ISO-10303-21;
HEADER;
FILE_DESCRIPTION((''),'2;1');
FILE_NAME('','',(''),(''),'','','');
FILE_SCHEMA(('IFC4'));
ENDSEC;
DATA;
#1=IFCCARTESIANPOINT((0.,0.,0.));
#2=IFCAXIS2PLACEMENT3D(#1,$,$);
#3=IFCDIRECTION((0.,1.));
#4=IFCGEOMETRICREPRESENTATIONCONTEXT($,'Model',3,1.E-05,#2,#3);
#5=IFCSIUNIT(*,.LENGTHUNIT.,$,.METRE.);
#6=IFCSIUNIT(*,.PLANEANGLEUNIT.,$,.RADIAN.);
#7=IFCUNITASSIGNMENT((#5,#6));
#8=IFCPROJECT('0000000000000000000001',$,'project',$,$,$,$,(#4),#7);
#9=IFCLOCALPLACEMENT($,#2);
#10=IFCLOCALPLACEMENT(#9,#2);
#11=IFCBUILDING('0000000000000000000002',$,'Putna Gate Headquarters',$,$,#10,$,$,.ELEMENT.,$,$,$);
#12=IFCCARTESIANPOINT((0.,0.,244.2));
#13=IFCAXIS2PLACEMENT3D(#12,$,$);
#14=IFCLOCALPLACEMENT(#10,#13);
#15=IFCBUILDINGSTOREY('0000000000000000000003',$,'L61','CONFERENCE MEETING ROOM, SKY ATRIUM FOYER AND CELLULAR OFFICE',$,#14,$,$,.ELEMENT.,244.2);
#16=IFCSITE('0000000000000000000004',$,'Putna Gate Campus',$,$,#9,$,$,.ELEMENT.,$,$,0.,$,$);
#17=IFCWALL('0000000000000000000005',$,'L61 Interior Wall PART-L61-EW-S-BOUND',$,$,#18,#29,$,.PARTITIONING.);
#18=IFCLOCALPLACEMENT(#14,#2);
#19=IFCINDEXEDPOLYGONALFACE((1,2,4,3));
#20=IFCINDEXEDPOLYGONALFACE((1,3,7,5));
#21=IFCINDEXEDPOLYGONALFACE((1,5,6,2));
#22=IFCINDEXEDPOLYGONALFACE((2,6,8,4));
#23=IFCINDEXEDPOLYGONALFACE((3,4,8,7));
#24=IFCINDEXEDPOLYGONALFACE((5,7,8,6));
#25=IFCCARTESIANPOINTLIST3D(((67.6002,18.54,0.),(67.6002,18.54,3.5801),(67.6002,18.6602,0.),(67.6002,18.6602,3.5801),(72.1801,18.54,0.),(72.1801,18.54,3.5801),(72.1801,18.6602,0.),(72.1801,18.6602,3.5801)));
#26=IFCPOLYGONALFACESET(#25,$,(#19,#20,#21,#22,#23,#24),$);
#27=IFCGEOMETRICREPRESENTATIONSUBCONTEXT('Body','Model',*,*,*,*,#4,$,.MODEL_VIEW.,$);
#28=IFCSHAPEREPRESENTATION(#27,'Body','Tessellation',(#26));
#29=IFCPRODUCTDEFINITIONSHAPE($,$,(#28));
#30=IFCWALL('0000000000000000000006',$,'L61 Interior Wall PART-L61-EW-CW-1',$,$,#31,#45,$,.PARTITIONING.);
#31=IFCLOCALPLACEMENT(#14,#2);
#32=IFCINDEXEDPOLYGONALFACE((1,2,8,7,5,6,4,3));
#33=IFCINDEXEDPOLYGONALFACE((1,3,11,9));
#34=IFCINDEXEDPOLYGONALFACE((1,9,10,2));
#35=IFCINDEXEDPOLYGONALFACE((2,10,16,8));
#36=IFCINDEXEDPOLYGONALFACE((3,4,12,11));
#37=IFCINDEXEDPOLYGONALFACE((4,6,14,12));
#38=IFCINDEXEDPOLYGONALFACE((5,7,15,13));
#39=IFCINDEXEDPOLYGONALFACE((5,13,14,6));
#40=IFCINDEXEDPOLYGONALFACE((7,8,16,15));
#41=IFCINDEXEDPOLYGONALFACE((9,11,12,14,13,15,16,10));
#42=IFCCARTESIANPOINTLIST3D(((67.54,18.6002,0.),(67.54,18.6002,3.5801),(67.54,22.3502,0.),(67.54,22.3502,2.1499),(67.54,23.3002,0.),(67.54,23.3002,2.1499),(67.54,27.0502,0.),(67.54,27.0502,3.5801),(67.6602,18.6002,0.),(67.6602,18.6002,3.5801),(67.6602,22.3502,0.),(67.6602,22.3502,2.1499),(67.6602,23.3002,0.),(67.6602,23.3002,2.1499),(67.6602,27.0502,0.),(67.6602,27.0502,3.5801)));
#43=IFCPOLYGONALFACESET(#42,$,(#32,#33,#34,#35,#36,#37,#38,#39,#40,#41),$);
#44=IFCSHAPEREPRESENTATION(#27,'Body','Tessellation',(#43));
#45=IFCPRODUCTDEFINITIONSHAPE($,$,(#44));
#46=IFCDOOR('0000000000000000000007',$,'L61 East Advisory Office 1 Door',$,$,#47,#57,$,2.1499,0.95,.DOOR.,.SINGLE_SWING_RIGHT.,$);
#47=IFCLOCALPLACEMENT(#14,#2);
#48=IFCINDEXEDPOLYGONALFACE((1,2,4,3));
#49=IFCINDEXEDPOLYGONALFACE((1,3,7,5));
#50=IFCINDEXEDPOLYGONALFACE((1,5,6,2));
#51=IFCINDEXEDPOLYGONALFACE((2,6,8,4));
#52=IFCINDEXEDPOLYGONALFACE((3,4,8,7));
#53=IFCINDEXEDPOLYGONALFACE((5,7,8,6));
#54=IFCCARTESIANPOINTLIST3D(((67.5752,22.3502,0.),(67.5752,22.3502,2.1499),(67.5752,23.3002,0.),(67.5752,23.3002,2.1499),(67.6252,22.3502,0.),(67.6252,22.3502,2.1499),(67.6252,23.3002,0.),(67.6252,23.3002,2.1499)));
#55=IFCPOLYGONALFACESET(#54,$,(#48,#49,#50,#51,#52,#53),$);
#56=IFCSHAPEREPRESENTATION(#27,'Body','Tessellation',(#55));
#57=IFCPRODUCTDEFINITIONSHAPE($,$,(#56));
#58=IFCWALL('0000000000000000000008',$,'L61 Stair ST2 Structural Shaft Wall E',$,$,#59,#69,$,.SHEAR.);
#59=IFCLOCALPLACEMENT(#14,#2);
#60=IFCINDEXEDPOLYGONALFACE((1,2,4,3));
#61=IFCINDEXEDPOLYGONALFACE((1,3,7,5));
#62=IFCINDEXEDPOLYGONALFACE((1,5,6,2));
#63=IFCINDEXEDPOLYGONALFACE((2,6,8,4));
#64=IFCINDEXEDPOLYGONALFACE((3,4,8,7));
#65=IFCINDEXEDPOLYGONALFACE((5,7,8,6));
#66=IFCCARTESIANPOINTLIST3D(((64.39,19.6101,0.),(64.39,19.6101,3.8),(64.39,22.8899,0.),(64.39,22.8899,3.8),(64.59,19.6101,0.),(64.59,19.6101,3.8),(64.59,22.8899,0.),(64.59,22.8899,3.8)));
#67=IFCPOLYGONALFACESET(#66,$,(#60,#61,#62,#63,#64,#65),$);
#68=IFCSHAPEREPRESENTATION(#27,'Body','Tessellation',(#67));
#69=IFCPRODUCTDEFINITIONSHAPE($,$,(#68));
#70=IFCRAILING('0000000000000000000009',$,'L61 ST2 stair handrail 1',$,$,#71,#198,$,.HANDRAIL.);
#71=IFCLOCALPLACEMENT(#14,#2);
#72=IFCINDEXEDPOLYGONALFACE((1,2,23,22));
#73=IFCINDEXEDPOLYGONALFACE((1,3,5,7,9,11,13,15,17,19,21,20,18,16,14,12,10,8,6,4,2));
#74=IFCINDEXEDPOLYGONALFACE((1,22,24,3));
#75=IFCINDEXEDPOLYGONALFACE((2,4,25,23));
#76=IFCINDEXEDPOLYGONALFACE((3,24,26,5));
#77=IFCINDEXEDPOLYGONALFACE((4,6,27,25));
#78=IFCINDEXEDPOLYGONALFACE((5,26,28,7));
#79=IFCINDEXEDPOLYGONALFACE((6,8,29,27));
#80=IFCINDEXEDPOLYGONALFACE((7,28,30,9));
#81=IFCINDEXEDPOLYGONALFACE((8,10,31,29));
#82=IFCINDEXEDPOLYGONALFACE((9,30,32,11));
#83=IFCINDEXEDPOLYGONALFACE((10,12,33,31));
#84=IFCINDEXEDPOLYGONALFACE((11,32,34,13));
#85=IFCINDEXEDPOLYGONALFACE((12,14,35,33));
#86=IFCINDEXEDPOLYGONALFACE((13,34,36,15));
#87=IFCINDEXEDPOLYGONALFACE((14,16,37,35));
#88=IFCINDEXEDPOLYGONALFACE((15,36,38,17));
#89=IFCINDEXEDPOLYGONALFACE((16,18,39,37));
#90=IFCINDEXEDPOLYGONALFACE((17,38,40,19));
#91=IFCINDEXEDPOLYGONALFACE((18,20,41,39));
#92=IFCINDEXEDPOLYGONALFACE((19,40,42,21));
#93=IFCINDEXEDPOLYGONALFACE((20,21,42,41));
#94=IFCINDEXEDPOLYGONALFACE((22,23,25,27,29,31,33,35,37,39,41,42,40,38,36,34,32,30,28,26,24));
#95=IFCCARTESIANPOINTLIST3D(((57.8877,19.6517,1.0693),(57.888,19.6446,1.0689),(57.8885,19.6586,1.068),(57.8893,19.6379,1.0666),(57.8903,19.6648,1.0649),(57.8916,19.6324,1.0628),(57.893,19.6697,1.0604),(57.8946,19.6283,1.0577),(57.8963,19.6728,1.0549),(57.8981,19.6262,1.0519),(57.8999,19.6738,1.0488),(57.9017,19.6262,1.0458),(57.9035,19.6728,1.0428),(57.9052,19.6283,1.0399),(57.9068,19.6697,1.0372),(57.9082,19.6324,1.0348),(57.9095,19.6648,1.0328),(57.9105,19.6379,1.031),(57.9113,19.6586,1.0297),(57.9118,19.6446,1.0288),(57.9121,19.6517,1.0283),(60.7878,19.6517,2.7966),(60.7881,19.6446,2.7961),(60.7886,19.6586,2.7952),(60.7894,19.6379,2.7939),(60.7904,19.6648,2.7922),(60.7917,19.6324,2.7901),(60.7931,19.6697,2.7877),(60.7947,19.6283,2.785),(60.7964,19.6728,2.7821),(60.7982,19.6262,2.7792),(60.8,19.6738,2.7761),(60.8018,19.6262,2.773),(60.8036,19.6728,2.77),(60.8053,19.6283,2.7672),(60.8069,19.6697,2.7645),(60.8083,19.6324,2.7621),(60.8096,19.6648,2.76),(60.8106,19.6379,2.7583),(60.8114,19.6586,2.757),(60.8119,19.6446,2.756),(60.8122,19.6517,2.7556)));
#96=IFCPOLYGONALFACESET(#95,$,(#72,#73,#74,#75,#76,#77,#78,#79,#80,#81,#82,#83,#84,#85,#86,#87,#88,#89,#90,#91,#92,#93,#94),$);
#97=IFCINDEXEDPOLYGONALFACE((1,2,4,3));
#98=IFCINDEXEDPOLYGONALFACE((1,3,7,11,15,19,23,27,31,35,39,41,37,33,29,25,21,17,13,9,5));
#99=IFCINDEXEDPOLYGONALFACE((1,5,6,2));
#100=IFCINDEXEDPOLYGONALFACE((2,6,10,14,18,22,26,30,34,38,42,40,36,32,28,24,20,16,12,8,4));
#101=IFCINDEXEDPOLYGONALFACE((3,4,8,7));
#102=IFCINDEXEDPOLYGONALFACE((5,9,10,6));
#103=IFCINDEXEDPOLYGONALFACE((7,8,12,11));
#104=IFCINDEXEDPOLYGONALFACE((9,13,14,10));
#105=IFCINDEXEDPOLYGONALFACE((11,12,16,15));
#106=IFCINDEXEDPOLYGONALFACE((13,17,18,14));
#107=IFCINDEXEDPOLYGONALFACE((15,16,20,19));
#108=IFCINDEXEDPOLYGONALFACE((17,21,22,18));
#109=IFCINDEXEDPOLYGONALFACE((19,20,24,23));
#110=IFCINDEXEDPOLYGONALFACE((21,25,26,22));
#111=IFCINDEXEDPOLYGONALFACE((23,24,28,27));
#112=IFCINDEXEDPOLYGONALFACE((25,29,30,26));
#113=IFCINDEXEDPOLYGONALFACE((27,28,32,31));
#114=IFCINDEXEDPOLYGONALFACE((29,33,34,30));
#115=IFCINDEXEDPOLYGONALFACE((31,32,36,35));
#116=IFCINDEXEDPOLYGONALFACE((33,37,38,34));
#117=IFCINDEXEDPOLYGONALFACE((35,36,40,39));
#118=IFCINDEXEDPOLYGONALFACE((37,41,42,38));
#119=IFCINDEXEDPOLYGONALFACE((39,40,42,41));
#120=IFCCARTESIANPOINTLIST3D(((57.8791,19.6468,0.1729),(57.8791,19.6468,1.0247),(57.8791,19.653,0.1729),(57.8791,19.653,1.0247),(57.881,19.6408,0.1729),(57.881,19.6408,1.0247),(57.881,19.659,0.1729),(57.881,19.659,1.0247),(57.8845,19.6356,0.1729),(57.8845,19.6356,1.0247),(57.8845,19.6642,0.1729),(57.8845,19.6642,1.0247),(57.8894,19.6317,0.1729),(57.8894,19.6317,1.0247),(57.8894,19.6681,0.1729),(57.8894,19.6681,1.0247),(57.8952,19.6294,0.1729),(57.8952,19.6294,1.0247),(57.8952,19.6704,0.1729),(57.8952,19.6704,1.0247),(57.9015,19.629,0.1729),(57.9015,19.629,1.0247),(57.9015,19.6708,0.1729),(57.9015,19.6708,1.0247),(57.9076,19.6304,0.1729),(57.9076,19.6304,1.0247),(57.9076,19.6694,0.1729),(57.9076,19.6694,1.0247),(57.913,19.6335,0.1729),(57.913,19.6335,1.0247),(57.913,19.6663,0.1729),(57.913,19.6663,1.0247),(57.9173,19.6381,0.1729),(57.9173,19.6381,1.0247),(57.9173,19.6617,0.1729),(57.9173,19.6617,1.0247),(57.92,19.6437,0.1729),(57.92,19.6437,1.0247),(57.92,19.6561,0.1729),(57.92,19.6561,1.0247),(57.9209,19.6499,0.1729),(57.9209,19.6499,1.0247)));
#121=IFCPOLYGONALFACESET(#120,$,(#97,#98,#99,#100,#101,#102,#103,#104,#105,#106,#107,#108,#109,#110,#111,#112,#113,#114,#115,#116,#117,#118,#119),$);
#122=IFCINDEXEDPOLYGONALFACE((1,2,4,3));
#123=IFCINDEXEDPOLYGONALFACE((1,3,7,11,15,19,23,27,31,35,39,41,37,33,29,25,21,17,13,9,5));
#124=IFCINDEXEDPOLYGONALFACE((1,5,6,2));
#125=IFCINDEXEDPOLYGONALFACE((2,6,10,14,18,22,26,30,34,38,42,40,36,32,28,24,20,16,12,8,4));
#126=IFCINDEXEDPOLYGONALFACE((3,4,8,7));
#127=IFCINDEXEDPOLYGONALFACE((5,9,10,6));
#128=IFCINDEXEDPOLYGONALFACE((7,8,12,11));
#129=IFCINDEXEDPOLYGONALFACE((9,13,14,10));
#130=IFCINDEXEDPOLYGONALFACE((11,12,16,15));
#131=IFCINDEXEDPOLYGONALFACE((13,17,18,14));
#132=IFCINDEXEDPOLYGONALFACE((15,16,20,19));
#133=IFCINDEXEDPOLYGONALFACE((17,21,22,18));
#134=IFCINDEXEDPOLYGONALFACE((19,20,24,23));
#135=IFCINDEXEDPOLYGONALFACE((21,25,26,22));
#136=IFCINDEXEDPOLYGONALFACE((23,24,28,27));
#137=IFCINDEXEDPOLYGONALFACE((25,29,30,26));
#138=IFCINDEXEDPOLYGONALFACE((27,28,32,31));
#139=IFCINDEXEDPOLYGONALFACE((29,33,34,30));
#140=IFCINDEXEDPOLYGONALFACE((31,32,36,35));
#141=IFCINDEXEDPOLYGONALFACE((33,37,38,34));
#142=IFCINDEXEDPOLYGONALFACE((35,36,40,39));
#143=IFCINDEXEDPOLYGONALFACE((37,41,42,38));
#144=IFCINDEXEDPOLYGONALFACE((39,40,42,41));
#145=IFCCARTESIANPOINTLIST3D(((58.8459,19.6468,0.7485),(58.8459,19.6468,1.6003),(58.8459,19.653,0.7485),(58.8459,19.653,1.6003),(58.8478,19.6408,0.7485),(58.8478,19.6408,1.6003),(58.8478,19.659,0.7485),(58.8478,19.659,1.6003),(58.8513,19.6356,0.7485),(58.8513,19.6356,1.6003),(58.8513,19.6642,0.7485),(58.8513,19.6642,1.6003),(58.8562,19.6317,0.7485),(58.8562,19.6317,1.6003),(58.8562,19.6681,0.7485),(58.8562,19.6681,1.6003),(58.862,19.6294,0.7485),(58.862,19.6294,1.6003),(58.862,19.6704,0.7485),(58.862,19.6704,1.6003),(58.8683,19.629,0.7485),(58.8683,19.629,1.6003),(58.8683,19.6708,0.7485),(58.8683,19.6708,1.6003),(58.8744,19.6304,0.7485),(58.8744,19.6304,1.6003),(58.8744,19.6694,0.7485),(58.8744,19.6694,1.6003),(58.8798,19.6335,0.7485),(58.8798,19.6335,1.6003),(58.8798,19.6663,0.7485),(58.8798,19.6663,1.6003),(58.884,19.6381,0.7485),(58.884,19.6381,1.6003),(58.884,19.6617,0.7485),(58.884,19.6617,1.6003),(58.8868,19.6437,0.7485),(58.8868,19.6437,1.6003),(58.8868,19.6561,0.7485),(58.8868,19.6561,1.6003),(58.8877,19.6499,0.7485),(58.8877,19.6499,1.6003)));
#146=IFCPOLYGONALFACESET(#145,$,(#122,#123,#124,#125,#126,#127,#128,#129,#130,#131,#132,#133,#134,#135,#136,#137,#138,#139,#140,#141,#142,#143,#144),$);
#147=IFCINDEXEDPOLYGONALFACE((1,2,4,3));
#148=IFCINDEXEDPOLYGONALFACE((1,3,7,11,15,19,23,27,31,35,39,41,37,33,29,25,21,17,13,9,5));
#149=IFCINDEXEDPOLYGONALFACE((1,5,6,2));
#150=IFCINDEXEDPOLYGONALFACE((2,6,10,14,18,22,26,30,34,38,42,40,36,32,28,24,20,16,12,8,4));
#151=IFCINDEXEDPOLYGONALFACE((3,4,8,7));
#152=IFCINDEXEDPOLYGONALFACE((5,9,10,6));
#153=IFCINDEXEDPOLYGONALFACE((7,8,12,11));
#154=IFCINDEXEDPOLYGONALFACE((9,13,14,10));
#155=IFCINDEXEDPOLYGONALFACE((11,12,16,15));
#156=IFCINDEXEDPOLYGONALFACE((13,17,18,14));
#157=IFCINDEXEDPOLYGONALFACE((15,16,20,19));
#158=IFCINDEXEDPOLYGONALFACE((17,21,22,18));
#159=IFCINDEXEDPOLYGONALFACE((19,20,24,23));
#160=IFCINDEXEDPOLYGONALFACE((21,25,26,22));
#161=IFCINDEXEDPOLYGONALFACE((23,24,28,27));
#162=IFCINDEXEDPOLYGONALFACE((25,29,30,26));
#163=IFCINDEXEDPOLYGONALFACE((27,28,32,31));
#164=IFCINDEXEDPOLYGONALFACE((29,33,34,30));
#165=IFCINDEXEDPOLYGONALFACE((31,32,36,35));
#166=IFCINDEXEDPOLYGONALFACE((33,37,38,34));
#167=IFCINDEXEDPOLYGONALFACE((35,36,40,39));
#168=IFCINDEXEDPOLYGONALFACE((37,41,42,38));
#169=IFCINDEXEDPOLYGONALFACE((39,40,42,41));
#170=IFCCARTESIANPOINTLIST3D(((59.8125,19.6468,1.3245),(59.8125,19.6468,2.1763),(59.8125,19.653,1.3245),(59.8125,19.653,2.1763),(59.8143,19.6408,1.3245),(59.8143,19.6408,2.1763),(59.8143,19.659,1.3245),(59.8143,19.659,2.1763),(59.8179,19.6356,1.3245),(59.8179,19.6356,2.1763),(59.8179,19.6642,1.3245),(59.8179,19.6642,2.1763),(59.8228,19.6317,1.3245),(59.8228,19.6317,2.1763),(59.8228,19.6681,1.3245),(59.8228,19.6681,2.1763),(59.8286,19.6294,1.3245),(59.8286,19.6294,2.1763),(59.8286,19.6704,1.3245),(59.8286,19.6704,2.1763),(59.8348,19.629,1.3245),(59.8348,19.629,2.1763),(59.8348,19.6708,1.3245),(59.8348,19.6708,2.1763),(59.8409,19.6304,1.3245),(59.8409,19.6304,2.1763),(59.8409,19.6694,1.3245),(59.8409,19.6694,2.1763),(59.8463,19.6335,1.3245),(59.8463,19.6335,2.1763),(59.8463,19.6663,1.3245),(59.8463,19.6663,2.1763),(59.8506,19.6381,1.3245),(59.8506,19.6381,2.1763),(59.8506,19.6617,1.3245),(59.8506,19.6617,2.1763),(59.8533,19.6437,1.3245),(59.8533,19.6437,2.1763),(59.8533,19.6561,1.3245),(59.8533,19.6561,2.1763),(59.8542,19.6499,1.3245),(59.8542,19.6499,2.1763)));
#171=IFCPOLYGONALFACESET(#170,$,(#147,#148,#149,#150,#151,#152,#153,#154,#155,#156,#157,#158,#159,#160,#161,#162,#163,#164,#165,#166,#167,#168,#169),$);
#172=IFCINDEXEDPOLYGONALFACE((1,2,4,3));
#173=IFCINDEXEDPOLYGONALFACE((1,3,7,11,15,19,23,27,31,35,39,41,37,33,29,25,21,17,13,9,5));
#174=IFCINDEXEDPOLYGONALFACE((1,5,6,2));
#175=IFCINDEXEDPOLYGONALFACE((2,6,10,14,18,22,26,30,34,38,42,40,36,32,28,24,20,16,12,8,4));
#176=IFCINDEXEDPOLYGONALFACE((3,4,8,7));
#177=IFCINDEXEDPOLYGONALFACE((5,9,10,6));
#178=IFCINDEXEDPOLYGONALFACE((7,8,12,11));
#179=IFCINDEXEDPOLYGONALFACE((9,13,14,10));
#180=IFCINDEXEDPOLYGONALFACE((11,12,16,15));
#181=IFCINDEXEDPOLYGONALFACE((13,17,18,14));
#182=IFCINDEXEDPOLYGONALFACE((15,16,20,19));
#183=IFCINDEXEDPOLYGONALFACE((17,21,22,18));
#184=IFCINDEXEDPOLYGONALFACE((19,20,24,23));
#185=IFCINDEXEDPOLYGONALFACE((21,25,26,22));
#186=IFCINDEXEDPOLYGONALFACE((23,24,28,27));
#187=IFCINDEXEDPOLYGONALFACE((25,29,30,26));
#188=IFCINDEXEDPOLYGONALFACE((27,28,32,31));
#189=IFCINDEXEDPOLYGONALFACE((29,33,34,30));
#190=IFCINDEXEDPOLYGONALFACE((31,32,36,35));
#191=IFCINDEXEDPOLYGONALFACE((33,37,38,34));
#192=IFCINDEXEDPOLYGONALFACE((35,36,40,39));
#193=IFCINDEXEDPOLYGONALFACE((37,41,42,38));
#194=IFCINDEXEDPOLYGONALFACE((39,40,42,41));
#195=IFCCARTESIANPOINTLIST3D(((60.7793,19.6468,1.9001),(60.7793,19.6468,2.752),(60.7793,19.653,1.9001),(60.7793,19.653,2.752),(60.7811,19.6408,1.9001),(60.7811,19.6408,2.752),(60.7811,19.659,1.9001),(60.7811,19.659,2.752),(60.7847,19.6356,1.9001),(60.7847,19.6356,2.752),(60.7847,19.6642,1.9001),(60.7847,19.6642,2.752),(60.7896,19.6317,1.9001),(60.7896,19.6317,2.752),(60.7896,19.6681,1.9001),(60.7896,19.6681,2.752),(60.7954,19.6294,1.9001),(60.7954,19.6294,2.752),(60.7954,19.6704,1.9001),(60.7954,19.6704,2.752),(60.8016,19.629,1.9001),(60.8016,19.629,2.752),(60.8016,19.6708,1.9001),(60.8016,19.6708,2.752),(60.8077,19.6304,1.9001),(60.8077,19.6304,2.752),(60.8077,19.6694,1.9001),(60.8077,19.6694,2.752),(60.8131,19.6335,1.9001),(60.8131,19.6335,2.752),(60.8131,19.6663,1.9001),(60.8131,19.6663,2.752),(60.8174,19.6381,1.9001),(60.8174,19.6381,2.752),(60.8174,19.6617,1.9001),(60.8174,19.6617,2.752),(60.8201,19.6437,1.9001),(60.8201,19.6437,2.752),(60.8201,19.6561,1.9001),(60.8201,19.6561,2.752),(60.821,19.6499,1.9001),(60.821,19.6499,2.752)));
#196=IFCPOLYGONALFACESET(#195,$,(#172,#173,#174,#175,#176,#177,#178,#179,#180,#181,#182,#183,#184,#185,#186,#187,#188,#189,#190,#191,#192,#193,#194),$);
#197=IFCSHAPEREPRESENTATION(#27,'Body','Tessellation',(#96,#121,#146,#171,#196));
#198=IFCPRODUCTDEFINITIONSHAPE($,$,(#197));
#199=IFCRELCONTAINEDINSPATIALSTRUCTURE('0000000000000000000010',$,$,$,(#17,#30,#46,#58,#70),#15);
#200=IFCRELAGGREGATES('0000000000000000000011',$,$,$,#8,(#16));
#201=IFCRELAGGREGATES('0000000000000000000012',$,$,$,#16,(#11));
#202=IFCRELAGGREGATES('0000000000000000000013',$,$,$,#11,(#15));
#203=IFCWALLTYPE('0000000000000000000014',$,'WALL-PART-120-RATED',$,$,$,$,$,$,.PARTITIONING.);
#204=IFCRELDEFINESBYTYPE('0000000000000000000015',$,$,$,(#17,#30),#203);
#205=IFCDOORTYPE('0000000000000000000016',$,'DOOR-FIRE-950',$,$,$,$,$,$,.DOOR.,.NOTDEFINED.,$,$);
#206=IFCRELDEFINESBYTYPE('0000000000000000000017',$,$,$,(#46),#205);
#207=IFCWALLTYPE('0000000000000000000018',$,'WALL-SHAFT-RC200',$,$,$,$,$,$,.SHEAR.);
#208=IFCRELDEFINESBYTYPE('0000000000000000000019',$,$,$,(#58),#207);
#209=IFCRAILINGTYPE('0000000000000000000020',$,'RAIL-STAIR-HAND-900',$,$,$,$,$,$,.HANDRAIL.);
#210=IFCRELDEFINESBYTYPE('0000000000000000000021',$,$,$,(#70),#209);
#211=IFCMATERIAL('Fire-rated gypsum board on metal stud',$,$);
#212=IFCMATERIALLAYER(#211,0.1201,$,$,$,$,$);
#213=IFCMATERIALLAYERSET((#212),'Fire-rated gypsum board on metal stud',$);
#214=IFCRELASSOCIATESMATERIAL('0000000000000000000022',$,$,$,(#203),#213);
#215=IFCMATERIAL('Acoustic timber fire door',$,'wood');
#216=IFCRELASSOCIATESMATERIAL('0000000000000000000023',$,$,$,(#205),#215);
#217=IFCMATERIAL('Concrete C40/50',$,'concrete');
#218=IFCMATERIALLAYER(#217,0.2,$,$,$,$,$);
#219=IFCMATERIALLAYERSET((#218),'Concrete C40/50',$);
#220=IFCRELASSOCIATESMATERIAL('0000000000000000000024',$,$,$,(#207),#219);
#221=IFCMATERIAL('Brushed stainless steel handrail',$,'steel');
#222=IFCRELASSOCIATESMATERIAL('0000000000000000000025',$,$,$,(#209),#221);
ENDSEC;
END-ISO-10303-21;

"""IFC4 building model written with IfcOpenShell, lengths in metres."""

from ifc_helpers import new_model, si_unit, direction, frame, frame_2d, origin, origin_2d, place, context, subcontext, project, spatial, rectangle, circle, extrude, material, layer, layer_set, type_object, element, fill, save


model = new_model("IFC4")

# Units and contexts
model_context = context("Model", 3, precision=1e-05, world=origin(), true_north=direction((0.0, 1.0)))
body_context = subcontext(model_context, "Body", "Model", "MODEL_VIEW")
ifc_project = project(units=[si_unit("LENGTHUNIT", "METRE"), si_unit("PLANEANGLEUNIT", "RADIAN")], contexts=[model_context])

# Site, building, storey
site_placement = place(None, origin())
site = spatial("IfcSite", under=ifc_project, at=site_placement, Name="Putna Gate Campus", CompositionType="ELEMENT", RefElevation=0.0)
building_placement = place(site_placement, origin())
building = spatial("IfcBuilding", under=site, at=building_placement, Name="Putna Gate Headquarters", CompositionType="ELEMENT")
storey_placement = place(building_placement, frame((0.0, 0.0, 244.2)))
storey = spatial("IfcBuildingStorey", under=building, at=storey_placement, Name="L61", Description="CONFERENCE MEETING ROOM, SKY ATRIUM FOYER AND CELLULAR OFFICE", CompositionType="ELEMENT", Elevation=244.2)

# Shared definitions
ifc_material_1 = material(Name="Fire-rated gypsum board on metal stud")
ifc_layer_1 = layer(ifc_material_1, 0.1201)
ifc_layer_set_1 = layer_set([ifc_layer_1], Name="Fire-rated gypsum board on metal stud")
wall_type_1 = type_object("IfcWallType", Name="WALL-PART-120-RATED", PredefinedType="PARTITIONING", material=ifc_layer_set_1)

# Shared definitions
ifc_material_2 = material(Name="Acoustic timber fire door", Category="wood")
door_type_1 = type_object("IfcDoorType", Name="DOOR-FIRE-950", OperationType="NOTDEFINED", PredefinedType="DOOR", material=ifc_material_2)

# Wall
wall_1_placement = place(storey_placement, frame((67.6001, 18.6001, 0.0), z_axis=(0.0, 0.0, 1.0), x_axis=(1.0, 0.0, 0.0)))
element("IfcWall", 1, at=wall_1_placement, inside=storey, type_object=wall_type_1, Name="L61 Interior Wall PART-L61-EW-S-BOUND", PredefinedType="PARTITIONING", context=body_context, shape_type="SweptSolid", body=[
    extrude(rectangle(XDim=4.5798, YDim=0.1201, at=frame_2d((2.29, 0.0))), origin(), (0.0, 0.0, 1.0), 3.5801),
])

# Wall, opening, door
wall_2_placement = place(storey_placement, frame((67.6001, 18.6001, 0.0), z_axis=(0.0, 0.0, 1.0), x_axis=(0.0, 1.0, 0.0)))
wall_2 = element("IfcWall", 2, at=wall_2_placement, inside=storey, type_object=wall_type_1, Name="L61 Interior Wall PART-L61-EW-CW-1", PredefinedType="PARTITIONING", context=body_context, shape_type="SweptSolid", body=[
    extrude(rectangle(XDim=8.45, YDim=0.1201, at=frame_2d((4.2251, 0.0))), origin(), (0.0, 0.0, 1.0), 3.5801),
])
opening_1_placement = place(wall_2_placement, frame((3.75, 0.0, 0.0)))
opening_1 = element("IfcOpeningElement", 3, at=opening_1_placement, cuts=wall_2, PredefinedType="OPENING", context=body_context, shape_type="SweptSolid", body=[
    extrude(rectangle(XDim=0.95, YDim=2.1499, at=frame_2d((0.4751, 1.075))), frame((0.0, 0.0701, 0.0), z_axis=(0.0, -1.0, 0.0), x_axis=(1.0, 0.0, 0.0)), (0.0, 0.0, 1.0), 0.1401),
])
door_1_placement = place(opening_1_placement, origin())
door_1 = element("IfcDoor", 4, at=door_1_placement, inside=storey, type_object=door_type_1, Name="L61 East Advisory Office 1 Door", OperationType="SINGLE_SWING_RIGHT", OverallHeight=2.1499, OverallWidth=0.95, PredefinedType="DOOR", context=body_context, shape_type="SweptSolid", body=[
    extrude(rectangle(XDim=0.95, YDim=2.1499, at=frame_2d((0.4751, 1.075))), frame((0.0, 0.0249, 0.0), z_axis=(0.0, -1.0, 0.0), x_axis=(1.0, 0.0, 0.0)), (0.0, 0.0, 1.0), 0.05),
])
fill(opening_1, door_1)

# Wall
ifc_material_3 = material(Name="Concrete C40/50", Category="concrete")
ifc_layer_2 = layer(ifc_material_3, 0.2)
ifc_layer_set_2 = layer_set([ifc_layer_2], Name="Concrete C40/50")
wall_type_2 = type_object("IfcWallType", Name="WALL-SHAFT-RC200", PredefinedType="SHEAR", material=ifc_layer_set_2)
wall_3_placement = place(storey_placement, frame((64.49, 19.6101, 0.0), z_axis=(0.0, 0.0, 1.0), x_axis=(0.0, 1.0, 0.0)))
element("IfcWall", 5, at=wall_3_placement, inside=storey, type_object=wall_type_2, Name="L61 Stair ST2 Structural Shaft Wall E", PredefinedType="SHEAR", context=body_context, shape_type="SweptSolid", body=[
    extrude(rectangle(XDim=3.2798, YDim=0.2, at=frame_2d((1.6399, 0.0))), origin(), (0.0, 0.0, 1.0), 3.8),
])

# Railing
ifc_material_4 = material(Name="Brushed stainless steel handrail", Category="steel")
railing_type = type_object("IfcRailingType", Name="RAIL-STAIR-HAND-900", PredefinedType="HANDRAIL", material=ifc_material_4)
railing_placement = place(storey_placement, frame((57.8999, 19.6499, 0.1729)))
element("IfcRailing", 6, at=railing_placement, inside=storey, type_object=railing_type, Name="L61 ST2 stair handrail 1", PredefinedType="HANDRAIL", context=body_context, shape_type="SweptSolid", body=[
    extrude(circle(Radius=0.0239, at=origin_2d()), frame((0.0, 0.0, 0.876), z_axis=(0.85916, 0.0, 0.511706), x_axis=(0.0, 1.0, 0.0)), (0.0, 0.0, 1.0), 3.3755),
    extrude(circle(Radius=0.021, at=origin_2d()), origin(), (0.0, 0.0, 1.0), 0.8518),
    extrude(circle(Radius=0.021, at=origin_2d()), frame((0.9668, 0.0, 0.5757)), (0.0, 0.0, 1.0), 0.8518),
    extrude(circle(Radius=0.021, at=origin_2d()), frame((1.9333, 0.0, 1.1516)), (0.0, 0.0, 1.0), 0.8518),
    extrude(circle(Radius=0.021, at=origin_2d()), frame((2.9001, 0.0, 1.7273)), (0.0, 0.0, 1.0), 0.8518),
])

save(model, "model.ifc")
